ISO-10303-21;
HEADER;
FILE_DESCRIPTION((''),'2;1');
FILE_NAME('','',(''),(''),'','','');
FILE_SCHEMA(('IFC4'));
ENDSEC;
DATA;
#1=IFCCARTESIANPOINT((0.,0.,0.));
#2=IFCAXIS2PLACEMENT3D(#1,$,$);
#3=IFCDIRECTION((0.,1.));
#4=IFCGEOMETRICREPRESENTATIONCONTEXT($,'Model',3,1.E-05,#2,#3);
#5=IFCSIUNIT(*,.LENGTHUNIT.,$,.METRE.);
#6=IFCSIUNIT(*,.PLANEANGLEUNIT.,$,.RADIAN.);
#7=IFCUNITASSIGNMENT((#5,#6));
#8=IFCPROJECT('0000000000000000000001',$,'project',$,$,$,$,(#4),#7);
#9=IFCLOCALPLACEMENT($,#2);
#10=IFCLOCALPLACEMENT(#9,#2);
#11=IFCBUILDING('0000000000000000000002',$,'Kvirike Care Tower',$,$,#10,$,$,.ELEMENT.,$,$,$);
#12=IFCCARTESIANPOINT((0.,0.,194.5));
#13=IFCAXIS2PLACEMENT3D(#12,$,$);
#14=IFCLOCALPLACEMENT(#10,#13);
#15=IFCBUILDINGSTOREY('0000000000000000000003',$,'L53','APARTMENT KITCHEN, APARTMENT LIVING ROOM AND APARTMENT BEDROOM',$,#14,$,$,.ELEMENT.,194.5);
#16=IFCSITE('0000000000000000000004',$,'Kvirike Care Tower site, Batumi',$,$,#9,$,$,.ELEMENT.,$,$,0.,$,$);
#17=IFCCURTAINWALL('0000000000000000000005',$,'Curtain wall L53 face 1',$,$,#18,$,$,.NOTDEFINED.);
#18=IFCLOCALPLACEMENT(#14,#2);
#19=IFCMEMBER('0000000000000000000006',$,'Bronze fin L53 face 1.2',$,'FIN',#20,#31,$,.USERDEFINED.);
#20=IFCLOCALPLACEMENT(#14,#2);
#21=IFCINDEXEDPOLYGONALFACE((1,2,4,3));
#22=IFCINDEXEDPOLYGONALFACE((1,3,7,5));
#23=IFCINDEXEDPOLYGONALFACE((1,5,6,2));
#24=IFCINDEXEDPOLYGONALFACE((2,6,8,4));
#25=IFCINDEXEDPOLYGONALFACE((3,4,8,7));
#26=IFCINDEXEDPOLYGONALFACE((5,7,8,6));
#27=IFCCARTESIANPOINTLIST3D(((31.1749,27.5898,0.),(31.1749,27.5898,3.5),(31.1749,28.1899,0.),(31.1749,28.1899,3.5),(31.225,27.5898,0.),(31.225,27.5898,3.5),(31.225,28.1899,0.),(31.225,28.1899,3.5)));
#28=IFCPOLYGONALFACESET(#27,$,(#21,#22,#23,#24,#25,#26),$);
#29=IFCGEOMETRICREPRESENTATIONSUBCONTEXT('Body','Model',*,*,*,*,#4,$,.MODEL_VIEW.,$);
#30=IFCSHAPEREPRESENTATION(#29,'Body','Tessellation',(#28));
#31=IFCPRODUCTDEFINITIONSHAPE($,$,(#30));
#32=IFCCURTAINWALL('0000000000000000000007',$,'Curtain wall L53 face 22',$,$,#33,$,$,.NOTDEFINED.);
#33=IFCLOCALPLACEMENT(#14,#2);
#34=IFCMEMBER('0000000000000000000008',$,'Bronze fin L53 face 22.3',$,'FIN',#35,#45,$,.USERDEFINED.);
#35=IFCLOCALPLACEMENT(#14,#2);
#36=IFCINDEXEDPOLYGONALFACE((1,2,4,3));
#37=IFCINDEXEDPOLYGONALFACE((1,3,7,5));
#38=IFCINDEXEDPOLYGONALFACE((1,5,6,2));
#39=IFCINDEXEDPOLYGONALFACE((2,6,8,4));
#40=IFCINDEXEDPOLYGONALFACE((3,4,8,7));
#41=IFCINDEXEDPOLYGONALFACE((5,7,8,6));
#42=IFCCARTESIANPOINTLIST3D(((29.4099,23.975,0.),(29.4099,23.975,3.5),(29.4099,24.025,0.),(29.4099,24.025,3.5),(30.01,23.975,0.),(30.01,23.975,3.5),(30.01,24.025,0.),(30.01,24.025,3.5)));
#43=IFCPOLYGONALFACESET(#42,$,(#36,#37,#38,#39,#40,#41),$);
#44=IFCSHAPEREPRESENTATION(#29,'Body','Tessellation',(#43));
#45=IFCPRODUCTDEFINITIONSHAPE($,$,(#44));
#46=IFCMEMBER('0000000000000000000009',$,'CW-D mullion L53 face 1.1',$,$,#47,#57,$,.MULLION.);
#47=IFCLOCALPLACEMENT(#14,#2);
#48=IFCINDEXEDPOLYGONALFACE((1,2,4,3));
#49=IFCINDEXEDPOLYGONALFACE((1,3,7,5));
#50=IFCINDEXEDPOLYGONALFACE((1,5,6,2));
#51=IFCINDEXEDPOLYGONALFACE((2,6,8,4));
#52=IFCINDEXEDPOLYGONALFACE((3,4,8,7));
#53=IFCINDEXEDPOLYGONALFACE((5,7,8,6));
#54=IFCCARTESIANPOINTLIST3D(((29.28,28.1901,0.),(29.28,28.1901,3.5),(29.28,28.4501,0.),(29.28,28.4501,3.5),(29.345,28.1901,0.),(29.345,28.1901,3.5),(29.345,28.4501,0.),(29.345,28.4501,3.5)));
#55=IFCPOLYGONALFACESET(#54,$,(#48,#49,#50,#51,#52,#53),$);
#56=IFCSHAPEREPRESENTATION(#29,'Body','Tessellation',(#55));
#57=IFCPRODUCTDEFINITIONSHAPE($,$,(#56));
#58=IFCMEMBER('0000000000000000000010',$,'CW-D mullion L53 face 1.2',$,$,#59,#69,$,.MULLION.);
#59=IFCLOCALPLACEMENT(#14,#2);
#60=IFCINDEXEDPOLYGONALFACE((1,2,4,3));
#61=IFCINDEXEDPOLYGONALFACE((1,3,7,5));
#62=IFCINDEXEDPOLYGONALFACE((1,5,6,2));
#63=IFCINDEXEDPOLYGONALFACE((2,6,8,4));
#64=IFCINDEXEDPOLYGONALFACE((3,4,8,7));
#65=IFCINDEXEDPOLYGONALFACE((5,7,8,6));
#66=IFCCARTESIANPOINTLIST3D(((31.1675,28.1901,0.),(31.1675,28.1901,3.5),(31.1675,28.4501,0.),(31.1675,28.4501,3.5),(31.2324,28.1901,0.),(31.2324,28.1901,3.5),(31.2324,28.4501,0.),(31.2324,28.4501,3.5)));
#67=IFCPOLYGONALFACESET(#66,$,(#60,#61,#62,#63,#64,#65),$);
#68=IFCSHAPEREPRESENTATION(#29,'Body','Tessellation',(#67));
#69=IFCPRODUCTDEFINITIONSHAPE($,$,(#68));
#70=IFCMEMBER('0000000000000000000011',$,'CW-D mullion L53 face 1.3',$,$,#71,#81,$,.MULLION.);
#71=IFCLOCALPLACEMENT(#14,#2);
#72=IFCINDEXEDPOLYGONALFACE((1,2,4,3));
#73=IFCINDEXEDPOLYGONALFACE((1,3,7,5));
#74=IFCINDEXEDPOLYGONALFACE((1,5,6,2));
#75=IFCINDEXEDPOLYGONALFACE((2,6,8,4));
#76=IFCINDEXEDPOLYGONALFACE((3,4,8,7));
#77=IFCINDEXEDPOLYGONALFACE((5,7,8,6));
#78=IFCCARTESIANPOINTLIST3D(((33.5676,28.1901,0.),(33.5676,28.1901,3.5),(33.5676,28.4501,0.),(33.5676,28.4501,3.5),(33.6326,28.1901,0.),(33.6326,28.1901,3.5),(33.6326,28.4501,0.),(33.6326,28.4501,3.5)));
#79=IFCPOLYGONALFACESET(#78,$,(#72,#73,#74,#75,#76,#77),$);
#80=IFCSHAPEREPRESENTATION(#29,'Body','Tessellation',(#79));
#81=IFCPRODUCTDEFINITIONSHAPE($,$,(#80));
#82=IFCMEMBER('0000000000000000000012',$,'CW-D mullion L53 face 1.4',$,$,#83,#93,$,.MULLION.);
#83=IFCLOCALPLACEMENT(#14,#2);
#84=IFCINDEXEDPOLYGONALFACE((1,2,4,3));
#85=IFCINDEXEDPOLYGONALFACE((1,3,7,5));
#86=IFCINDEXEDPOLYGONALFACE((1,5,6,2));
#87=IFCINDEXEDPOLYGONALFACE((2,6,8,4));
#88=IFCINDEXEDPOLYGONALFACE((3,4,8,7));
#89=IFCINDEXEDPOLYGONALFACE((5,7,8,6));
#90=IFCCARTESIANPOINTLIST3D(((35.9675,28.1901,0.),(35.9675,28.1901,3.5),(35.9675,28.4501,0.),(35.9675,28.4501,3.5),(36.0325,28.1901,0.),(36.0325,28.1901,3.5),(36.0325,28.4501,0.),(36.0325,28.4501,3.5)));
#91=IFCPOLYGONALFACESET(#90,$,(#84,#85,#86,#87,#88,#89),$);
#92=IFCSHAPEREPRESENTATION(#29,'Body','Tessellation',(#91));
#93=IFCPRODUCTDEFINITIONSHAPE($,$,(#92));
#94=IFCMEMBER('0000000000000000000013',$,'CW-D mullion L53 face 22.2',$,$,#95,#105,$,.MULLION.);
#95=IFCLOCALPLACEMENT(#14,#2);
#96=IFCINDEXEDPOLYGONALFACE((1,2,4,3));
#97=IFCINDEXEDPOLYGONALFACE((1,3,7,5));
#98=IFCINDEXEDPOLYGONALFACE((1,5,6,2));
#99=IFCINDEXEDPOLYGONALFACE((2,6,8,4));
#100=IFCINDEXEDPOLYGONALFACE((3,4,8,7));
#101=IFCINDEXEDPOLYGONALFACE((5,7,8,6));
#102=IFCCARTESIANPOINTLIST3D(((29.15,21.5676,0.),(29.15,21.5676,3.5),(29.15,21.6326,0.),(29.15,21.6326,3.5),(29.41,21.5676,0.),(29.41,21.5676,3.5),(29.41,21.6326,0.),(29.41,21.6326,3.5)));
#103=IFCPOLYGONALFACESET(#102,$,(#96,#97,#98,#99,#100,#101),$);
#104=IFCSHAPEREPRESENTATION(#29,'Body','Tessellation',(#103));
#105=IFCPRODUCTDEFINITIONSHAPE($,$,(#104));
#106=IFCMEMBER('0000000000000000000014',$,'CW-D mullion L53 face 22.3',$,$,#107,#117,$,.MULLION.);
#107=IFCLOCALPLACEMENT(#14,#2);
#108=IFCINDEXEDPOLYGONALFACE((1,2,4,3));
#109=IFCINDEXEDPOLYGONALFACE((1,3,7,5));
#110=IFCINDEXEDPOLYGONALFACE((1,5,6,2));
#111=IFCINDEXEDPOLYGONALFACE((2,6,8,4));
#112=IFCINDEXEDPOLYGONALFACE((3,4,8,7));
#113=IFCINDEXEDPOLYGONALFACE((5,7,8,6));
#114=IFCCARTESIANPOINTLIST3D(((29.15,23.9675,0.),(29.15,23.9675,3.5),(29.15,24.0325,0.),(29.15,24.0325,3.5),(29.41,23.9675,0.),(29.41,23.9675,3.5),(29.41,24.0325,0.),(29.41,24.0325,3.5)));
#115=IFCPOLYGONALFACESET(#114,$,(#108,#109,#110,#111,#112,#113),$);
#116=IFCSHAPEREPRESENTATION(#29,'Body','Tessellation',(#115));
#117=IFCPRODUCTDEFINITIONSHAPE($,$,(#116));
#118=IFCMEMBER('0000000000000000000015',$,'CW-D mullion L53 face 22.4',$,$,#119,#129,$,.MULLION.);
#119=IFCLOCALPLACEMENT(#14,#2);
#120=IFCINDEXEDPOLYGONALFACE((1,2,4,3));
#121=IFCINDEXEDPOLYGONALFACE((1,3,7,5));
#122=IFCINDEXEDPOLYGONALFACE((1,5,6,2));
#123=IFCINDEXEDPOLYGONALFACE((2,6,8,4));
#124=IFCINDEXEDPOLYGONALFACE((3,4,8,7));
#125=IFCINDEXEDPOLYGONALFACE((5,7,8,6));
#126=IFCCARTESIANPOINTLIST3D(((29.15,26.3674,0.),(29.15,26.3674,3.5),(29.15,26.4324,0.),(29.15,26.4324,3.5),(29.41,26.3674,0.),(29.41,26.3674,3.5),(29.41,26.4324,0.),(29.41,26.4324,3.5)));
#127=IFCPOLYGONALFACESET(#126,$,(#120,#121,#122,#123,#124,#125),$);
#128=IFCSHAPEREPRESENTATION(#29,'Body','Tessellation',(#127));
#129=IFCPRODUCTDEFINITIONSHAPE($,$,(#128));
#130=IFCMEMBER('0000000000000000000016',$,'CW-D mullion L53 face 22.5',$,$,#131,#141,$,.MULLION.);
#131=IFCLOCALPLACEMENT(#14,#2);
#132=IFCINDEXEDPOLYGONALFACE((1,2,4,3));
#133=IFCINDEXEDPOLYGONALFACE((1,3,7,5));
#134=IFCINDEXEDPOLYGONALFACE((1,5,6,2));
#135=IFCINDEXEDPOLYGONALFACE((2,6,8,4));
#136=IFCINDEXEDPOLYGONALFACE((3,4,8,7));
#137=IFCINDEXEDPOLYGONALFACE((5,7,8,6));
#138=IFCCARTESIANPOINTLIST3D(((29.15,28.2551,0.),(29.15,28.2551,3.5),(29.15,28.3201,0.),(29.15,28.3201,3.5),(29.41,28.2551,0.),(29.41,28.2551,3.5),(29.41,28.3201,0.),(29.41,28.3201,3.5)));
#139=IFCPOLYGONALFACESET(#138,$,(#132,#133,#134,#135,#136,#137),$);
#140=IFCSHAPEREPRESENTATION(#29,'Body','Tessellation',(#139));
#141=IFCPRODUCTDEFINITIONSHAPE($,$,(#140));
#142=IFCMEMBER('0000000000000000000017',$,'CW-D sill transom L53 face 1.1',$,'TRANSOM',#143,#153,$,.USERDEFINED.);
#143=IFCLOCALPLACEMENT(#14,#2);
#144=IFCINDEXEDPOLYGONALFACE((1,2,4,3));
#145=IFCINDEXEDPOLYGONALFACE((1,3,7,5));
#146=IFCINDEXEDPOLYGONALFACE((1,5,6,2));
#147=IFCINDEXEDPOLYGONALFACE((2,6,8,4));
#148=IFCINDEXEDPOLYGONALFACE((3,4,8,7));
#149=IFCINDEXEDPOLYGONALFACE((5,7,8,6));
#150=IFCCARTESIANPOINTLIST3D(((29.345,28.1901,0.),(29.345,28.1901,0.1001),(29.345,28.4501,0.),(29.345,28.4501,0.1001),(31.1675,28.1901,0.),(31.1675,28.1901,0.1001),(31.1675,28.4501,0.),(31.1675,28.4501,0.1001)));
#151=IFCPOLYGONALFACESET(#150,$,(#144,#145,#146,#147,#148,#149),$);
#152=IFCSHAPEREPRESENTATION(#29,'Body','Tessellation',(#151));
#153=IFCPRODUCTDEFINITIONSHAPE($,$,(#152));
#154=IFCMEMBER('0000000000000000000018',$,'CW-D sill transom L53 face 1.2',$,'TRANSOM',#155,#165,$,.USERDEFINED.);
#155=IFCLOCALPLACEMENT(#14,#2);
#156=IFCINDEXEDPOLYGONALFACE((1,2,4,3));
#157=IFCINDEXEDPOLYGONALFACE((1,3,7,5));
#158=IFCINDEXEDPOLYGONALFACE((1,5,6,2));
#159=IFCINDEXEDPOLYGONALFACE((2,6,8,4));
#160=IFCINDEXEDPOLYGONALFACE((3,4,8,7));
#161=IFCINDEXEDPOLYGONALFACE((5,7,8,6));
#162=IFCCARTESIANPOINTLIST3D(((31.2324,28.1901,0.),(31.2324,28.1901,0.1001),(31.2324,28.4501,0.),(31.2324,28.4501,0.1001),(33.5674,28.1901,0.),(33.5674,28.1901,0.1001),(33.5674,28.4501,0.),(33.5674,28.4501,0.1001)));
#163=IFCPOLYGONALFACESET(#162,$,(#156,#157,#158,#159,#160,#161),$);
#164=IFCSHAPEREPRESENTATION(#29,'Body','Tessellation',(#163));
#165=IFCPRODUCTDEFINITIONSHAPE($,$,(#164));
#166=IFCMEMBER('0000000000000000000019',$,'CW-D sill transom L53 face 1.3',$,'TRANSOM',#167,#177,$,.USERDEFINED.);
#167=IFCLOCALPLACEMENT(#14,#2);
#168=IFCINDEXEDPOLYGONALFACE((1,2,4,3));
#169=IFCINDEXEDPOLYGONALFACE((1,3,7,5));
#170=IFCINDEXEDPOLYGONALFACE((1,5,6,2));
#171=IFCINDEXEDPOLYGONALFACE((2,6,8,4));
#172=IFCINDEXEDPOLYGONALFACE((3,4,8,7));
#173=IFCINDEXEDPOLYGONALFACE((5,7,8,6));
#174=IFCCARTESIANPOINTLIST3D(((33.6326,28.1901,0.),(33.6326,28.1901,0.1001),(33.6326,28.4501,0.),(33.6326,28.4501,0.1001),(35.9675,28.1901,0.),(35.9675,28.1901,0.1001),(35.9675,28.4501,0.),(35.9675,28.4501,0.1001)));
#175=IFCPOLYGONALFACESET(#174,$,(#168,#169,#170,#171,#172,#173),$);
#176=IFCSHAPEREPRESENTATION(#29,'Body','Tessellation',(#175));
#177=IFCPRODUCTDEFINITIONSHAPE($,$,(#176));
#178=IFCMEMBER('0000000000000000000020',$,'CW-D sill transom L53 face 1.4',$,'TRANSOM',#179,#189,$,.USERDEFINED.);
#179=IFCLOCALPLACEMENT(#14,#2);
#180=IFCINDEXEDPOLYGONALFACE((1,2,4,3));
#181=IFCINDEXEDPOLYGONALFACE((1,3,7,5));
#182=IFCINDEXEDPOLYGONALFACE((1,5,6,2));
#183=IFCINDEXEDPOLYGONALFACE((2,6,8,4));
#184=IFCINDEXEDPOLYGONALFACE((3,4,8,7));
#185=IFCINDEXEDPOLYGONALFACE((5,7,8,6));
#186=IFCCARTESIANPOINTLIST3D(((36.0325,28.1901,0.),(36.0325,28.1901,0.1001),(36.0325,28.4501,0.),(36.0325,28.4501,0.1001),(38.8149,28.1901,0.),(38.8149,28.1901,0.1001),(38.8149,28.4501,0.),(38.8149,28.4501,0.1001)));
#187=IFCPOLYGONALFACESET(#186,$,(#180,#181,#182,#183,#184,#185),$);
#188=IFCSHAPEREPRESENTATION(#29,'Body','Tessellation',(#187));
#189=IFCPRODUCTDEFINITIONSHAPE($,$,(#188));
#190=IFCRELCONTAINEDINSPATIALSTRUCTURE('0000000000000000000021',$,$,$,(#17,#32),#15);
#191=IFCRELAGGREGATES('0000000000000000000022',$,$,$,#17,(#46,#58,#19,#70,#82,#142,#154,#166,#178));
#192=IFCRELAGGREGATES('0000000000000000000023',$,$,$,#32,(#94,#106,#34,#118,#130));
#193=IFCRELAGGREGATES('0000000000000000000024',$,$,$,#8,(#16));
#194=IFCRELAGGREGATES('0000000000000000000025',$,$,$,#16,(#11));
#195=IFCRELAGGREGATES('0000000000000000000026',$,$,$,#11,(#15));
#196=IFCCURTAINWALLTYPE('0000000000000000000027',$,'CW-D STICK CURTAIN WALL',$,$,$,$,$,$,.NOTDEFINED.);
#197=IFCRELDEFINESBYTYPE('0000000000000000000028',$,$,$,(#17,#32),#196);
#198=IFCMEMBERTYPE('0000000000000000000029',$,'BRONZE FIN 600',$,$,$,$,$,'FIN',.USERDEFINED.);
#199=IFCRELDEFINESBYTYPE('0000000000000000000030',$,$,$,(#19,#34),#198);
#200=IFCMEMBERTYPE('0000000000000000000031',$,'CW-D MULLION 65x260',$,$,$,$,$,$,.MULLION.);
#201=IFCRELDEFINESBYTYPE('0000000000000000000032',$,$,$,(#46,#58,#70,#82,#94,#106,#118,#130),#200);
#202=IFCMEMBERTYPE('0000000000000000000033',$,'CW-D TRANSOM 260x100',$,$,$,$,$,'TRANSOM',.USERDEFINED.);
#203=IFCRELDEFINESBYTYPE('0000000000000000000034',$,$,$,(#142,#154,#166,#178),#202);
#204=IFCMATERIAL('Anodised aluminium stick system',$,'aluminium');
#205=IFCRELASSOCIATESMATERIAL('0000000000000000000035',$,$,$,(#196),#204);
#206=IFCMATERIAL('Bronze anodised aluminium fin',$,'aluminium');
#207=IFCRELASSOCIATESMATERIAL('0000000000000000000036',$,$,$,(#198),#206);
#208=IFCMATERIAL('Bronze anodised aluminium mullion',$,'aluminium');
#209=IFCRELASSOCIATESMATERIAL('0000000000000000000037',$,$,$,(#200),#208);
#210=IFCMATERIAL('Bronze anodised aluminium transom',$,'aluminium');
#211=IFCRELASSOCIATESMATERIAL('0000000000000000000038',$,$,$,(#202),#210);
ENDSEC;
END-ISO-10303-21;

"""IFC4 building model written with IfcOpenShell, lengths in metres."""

from ifc_helpers import new_model, si_unit, direction, frame, origin, origin_2d, place, context, subcontext, project, spatial, rectangle, extrude, material, material_profile, profile_set, type_object, element, aggregate, save


model = new_model("IFC4")

# Units and contexts
model_context = context("Model", 3, precision=1e-05, world=origin(), true_north=direction((0.0, 1.0)))
body_context = subcontext(model_context, "Body", "Model", "MODEL_VIEW")
ifc_project = project(units=[si_unit("LENGTHUNIT", "METRE"), si_unit("PLANEANGLEUNIT", "RADIAN")], contexts=[model_context])

# Site, building, storey
site_placement = place(None, origin())
site = spatial("IfcSite", under=ifc_project, at=site_placement, Name="Kvirike Care Tower site, Batumi", CompositionType="ELEMENT", RefElevation=0.0)
building_placement = place(site_placement, origin())
building = spatial("IfcBuilding", under=site, at=building_placement, Name="Kvirike Care Tower", CompositionType="ELEMENT")
storey_placement = place(building_placement, frame((0.0, 0.0, 194.5)))
storey = spatial("IfcBuildingStorey", under=building, at=storey_placement, Name="L53", Description="APARTMENT KITCHEN, APARTMENT LIVING ROOM AND APARTMENT BEDROOM", CompositionType="ELEMENT", Elevation=194.5)

# Curtain walls, members
ifc_material_1 = material(Name="Anodised aluminium stick system", Category="aluminium")
curtain_wall_type = type_object("IfcCurtainWallType", Name="CW-D STICK CURTAIN WALL", PredefinedType="NOTDEFINED", material=ifc_material_1)
curtain_wall_1_placement = place(storey_placement, origin())
curtain_wall_1 = element("IfcCurtainWall", 1, at=curtain_wall_1_placement, inside=storey, type_object=curtain_wall_type, Name="Curtain wall L53 face 1", PredefinedType="NOTDEFINED")
ifc_material_2 = material(Name="Bronze anodised aluminium fin", Category="aluminium")
ifc_material_profile_1 = material_profile(ifc_material_2, rectangle(XDim=0.05, YDim=0.6001, at=origin_2d()), Name="BRONZE FIN 600")
ifc_profile_set_1 = profile_set([ifc_material_profile_1], Name="Bronze anodised aluminium fin")
member_type_1 = type_object("IfcMemberType", Name="BRONZE FIN 600", ElementType="FIN", PredefinedType="USERDEFINED", material=ifc_profile_set_1)
member_1_placement = place(storey_placement, frame((31.2, 27.8899, 0.0), z_axis=(0.0, 0.0, 1.0), x_axis=(1.0, 0.0, 0.0)))
member_1 = element("IfcMember", 2, at=member_1_placement, type_object=member_type_1, Name="Bronze fin L53 face 1.2", ObjectType="FIN", PredefinedType="USERDEFINED", context=body_context, shape_type="SweptSolid", body=[
    extrude(rectangle(XDim=0.05, YDim=0.6001, at=origin_2d()), origin(), (0.0, 0.0, 1.0), 3.5),
])
curtain_wall_2_placement = place(storey_placement, origin())
curtain_wall_2 = element("IfcCurtainWall", 3, at=curtain_wall_2_placement, inside=storey, type_object=curtain_wall_type, Name="Curtain wall L53 face 22", PredefinedType="NOTDEFINED")
member_2_placement = place(storey_placement, frame((29.71, 24.0, 0.0), z_axis=(0.0, 0.0, 1.0), x_axis=(0.0, 1.0, 0.0)))
member_2 = element("IfcMember", 4, at=member_2_placement, type_object=member_type_1, Name="Bronze fin L53 face 22.3", ObjectType="FIN", PredefinedType="USERDEFINED", context=body_context, shape_type="SweptSolid", body=[
    extrude(rectangle(XDim=0.05, YDim=0.6001, at=origin_2d()), origin(), (0.0, 0.0, 1.0), 3.5),
])

# Members
ifc_material_3 = material(Name="Bronze anodised aluminium mullion", Category="aluminium")
ifc_material_profile_2 = material_profile(ifc_material_3, rectangle(XDim=0.0649, YDim=0.26, at=origin_2d()), Name="CW-D MULLION 65x260")
ifc_profile_set_2 = profile_set([ifc_material_profile_2], Name="Bronze anodised aluminium mullion")
member_type_2 = type_object("IfcMemberType", Name="CW-D MULLION 65x260", PredefinedType="MULLION", material=ifc_profile_set_2)
member_3_placement = place(storey_placement, frame((29.3125, 28.3201, 0.0), z_axis=(0.0, 0.0, 1.0), x_axis=(1.0, 0.0, 0.0)))
member_3 = element("IfcMember", 5, at=member_3_placement, type_object=member_type_2, Name="CW-D mullion L53 face 1.1", PredefinedType="MULLION", context=body_context, shape_type="SweptSolid", body=[
    extrude(rectangle(XDim=0.0649, YDim=0.26, at=origin_2d()), origin(), (0.0, 0.0, 1.0), 3.5),
])
member_4_placement = place(storey_placement, frame((31.2, 28.3201, 0.0), z_axis=(0.0, 0.0, 1.0), x_axis=(1.0, 0.0, 0.0)))
member_4 = element("IfcMember", 6, at=member_4_placement, type_object=member_type_2, Name="CW-D mullion L53 face 1.2", PredefinedType="MULLION", context=body_context, shape_type="SweptSolid", body=[
    extrude(rectangle(XDim=0.0649, YDim=0.26, at=origin_2d()), origin(), (0.0, 0.0, 1.0), 3.5),
])
member_5_placement = place(storey_placement, frame((33.6001, 28.3201, 0.0), z_axis=(0.0, 0.0, 1.0), x_axis=(1.0, 0.0, 0.0)))
member_5 = element("IfcMember", 7, at=member_5_placement, type_object=member_type_2, Name="CW-D mullion L53 face 1.3", PredefinedType="MULLION", context=body_context, shape_type="SweptSolid", body=[
    extrude(rectangle(XDim=0.0649, YDim=0.26, at=origin_2d()), origin(), (0.0, 0.0, 1.0), 3.5),
])
member_6_placement = place(storey_placement, frame((36.0, 28.3201, 0.0), z_axis=(0.0, 0.0, 1.0), x_axis=(1.0, 0.0, 0.0)))
member_6 = element("IfcMember", 8, at=member_6_placement, type_object=member_type_2, Name="CW-D mullion L53 face 1.4", PredefinedType="MULLION", context=body_context, shape_type="SweptSolid", body=[
    extrude(rectangle(XDim=0.0649, YDim=0.26, at=origin_2d()), origin(), (0.0, 0.0, 1.0), 3.5),
])
member_7_placement = place(storey_placement, frame((29.28, 21.6001, 0.0), z_axis=(0.0, 0.0, 1.0), x_axis=(0.0, 1.0, 0.0)))
member_7 = element("IfcMember", 9, at=member_7_placement, type_object=member_type_2, Name="CW-D mullion L53 face 22.2", PredefinedType="MULLION", context=body_context, shape_type="SweptSolid", body=[
    extrude(rectangle(XDim=0.0649, YDim=0.26, at=origin_2d()), origin(), (0.0, 0.0, 1.0), 3.5),
])
member_8_placement = place(storey_placement, frame((29.28, 24.0, 0.0), z_axis=(0.0, 0.0, 1.0), x_axis=(0.0, 1.0, 0.0)))
member_8 = element("IfcMember", 10, at=member_8_placement, type_object=member_type_2, Name="CW-D mullion L53 face 22.3", PredefinedType="MULLION", context=body_context, shape_type="SweptSolid", body=[
    extrude(rectangle(XDim=0.0649, YDim=0.26, at=origin_2d()), origin(), (0.0, 0.0, 1.0), 3.5),
])
member_9_placement = place(storey_placement, frame((29.28, 26.3999, 0.0), z_axis=(0.0, 0.0, 1.0), x_axis=(0.0, 1.0, 0.0)))
member_9 = element("IfcMember", 11, at=member_9_placement, type_object=member_type_2, Name="CW-D mullion L53 face 22.4", PredefinedType="MULLION", context=body_context, shape_type="SweptSolid", body=[
    extrude(rectangle(XDim=0.0649, YDim=0.26, at=origin_2d()), origin(), (0.0, 0.0, 1.0), 3.5),
])
member_10_placement = place(storey_placement, frame((29.28, 28.2876, 0.0), z_axis=(0.0, 0.0, 1.0), x_axis=(0.0, 1.0, 0.0)))
member_10 = element("IfcMember", 12, at=member_10_placement, type_object=member_type_2, Name="CW-D mullion L53 face 22.5", PredefinedType="MULLION", context=body_context, shape_type="SweptSolid", body=[
    extrude(rectangle(XDim=0.0649, YDim=0.26, at=origin_2d()), origin(), (0.0, 0.0, 1.0), 3.5),
])
ifc_material_4 = material(Name="Bronze anodised aluminium transom", Category="aluminium")
ifc_material_profile_3 = material_profile(ifc_material_4, rectangle(XDim=0.26, YDim=0.1001, at=origin_2d()), Name="CW-D TRANSOM 260x100")
ifc_profile_set_3 = profile_set([ifc_material_profile_3], Name="Bronze anodised aluminium transom")
member_type_3 = type_object("IfcMemberType", Name="CW-D TRANSOM 260x100", ElementType="TRANSOM", PredefinedType="USERDEFINED", material=ifc_profile_set_3)
member_11_placement = place(storey_placement, frame((29.345, 28.3201, 0.05), z_axis=(1.0, 0.0, 0.0), x_axis=(0.0, 1.0, 0.0)))
member_11 = element("IfcMember", 13, at=member_11_placement, type_object=member_type_3, Name="CW-D sill transom L53 face 1.1", ObjectType="TRANSOM", PredefinedType="USERDEFINED", context=body_context, shape_type="SweptSolid", body=[
    extrude(rectangle(XDim=0.26, YDim=0.1001, at=origin_2d()), origin(), (0.0, 0.0, 1.0), 1.8225),
])
member_12_placement = place(storey_placement, frame((31.2324, 28.3201, 0.05), z_axis=(1.0, 0.0, 0.0), x_axis=(0.0, 1.0, 0.0)))
member_12 = element("IfcMember", 14, at=member_12_placement, type_object=member_type_3, Name="CW-D sill transom L53 face 1.2", ObjectType="TRANSOM", PredefinedType="USERDEFINED", context=body_context, shape_type="SweptSolid", body=[
    extrude(rectangle(XDim=0.26, YDim=0.1001, at=origin_2d()), origin(), (0.0, 0.0, 1.0), 2.335),
])
member_13_placement = place(storey_placement, frame((33.6326, 28.3201, 0.05), z_axis=(1.0, 0.0, 0.0), x_axis=(0.0, 1.0, 0.0)))
member_13 = element("IfcMember", 15, at=member_13_placement, type_object=member_type_3, Name="CW-D sill transom L53 face 1.3", ObjectType="TRANSOM", PredefinedType="USERDEFINED", context=body_context, shape_type="SweptSolid", body=[
    extrude(rectangle(XDim=0.26, YDim=0.1001, at=origin_2d()), origin(), (0.0, 0.0, 1.0), 2.335),
])
member_14_placement = place(storey_placement, frame((36.0325, 28.3201, 0.05), z_axis=(1.0, 0.0, 0.0), x_axis=(0.0, 1.0, 0.0)))
member_14 = element("IfcMember", 16, at=member_14_placement, type_object=member_type_3, Name="CW-D sill transom L53 face 1.4", ObjectType="TRANSOM", PredefinedType="USERDEFINED", context=body_context, shape_type="SweptSolid", body=[
    extrude(rectangle(XDim=0.26, YDim=0.1001, at=origin_2d()), origin(), (0.0, 0.0, 1.0), 2.7825),
])

aggregate(curtain_wall_1, [member_3, member_4, member_1, member_5, member_6, member_11, member_12, member_13, member_14])
aggregate(curtain_wall_2, [member_7, member_8, member_2, member_9, member_10])

save(model, "model.ifc")
